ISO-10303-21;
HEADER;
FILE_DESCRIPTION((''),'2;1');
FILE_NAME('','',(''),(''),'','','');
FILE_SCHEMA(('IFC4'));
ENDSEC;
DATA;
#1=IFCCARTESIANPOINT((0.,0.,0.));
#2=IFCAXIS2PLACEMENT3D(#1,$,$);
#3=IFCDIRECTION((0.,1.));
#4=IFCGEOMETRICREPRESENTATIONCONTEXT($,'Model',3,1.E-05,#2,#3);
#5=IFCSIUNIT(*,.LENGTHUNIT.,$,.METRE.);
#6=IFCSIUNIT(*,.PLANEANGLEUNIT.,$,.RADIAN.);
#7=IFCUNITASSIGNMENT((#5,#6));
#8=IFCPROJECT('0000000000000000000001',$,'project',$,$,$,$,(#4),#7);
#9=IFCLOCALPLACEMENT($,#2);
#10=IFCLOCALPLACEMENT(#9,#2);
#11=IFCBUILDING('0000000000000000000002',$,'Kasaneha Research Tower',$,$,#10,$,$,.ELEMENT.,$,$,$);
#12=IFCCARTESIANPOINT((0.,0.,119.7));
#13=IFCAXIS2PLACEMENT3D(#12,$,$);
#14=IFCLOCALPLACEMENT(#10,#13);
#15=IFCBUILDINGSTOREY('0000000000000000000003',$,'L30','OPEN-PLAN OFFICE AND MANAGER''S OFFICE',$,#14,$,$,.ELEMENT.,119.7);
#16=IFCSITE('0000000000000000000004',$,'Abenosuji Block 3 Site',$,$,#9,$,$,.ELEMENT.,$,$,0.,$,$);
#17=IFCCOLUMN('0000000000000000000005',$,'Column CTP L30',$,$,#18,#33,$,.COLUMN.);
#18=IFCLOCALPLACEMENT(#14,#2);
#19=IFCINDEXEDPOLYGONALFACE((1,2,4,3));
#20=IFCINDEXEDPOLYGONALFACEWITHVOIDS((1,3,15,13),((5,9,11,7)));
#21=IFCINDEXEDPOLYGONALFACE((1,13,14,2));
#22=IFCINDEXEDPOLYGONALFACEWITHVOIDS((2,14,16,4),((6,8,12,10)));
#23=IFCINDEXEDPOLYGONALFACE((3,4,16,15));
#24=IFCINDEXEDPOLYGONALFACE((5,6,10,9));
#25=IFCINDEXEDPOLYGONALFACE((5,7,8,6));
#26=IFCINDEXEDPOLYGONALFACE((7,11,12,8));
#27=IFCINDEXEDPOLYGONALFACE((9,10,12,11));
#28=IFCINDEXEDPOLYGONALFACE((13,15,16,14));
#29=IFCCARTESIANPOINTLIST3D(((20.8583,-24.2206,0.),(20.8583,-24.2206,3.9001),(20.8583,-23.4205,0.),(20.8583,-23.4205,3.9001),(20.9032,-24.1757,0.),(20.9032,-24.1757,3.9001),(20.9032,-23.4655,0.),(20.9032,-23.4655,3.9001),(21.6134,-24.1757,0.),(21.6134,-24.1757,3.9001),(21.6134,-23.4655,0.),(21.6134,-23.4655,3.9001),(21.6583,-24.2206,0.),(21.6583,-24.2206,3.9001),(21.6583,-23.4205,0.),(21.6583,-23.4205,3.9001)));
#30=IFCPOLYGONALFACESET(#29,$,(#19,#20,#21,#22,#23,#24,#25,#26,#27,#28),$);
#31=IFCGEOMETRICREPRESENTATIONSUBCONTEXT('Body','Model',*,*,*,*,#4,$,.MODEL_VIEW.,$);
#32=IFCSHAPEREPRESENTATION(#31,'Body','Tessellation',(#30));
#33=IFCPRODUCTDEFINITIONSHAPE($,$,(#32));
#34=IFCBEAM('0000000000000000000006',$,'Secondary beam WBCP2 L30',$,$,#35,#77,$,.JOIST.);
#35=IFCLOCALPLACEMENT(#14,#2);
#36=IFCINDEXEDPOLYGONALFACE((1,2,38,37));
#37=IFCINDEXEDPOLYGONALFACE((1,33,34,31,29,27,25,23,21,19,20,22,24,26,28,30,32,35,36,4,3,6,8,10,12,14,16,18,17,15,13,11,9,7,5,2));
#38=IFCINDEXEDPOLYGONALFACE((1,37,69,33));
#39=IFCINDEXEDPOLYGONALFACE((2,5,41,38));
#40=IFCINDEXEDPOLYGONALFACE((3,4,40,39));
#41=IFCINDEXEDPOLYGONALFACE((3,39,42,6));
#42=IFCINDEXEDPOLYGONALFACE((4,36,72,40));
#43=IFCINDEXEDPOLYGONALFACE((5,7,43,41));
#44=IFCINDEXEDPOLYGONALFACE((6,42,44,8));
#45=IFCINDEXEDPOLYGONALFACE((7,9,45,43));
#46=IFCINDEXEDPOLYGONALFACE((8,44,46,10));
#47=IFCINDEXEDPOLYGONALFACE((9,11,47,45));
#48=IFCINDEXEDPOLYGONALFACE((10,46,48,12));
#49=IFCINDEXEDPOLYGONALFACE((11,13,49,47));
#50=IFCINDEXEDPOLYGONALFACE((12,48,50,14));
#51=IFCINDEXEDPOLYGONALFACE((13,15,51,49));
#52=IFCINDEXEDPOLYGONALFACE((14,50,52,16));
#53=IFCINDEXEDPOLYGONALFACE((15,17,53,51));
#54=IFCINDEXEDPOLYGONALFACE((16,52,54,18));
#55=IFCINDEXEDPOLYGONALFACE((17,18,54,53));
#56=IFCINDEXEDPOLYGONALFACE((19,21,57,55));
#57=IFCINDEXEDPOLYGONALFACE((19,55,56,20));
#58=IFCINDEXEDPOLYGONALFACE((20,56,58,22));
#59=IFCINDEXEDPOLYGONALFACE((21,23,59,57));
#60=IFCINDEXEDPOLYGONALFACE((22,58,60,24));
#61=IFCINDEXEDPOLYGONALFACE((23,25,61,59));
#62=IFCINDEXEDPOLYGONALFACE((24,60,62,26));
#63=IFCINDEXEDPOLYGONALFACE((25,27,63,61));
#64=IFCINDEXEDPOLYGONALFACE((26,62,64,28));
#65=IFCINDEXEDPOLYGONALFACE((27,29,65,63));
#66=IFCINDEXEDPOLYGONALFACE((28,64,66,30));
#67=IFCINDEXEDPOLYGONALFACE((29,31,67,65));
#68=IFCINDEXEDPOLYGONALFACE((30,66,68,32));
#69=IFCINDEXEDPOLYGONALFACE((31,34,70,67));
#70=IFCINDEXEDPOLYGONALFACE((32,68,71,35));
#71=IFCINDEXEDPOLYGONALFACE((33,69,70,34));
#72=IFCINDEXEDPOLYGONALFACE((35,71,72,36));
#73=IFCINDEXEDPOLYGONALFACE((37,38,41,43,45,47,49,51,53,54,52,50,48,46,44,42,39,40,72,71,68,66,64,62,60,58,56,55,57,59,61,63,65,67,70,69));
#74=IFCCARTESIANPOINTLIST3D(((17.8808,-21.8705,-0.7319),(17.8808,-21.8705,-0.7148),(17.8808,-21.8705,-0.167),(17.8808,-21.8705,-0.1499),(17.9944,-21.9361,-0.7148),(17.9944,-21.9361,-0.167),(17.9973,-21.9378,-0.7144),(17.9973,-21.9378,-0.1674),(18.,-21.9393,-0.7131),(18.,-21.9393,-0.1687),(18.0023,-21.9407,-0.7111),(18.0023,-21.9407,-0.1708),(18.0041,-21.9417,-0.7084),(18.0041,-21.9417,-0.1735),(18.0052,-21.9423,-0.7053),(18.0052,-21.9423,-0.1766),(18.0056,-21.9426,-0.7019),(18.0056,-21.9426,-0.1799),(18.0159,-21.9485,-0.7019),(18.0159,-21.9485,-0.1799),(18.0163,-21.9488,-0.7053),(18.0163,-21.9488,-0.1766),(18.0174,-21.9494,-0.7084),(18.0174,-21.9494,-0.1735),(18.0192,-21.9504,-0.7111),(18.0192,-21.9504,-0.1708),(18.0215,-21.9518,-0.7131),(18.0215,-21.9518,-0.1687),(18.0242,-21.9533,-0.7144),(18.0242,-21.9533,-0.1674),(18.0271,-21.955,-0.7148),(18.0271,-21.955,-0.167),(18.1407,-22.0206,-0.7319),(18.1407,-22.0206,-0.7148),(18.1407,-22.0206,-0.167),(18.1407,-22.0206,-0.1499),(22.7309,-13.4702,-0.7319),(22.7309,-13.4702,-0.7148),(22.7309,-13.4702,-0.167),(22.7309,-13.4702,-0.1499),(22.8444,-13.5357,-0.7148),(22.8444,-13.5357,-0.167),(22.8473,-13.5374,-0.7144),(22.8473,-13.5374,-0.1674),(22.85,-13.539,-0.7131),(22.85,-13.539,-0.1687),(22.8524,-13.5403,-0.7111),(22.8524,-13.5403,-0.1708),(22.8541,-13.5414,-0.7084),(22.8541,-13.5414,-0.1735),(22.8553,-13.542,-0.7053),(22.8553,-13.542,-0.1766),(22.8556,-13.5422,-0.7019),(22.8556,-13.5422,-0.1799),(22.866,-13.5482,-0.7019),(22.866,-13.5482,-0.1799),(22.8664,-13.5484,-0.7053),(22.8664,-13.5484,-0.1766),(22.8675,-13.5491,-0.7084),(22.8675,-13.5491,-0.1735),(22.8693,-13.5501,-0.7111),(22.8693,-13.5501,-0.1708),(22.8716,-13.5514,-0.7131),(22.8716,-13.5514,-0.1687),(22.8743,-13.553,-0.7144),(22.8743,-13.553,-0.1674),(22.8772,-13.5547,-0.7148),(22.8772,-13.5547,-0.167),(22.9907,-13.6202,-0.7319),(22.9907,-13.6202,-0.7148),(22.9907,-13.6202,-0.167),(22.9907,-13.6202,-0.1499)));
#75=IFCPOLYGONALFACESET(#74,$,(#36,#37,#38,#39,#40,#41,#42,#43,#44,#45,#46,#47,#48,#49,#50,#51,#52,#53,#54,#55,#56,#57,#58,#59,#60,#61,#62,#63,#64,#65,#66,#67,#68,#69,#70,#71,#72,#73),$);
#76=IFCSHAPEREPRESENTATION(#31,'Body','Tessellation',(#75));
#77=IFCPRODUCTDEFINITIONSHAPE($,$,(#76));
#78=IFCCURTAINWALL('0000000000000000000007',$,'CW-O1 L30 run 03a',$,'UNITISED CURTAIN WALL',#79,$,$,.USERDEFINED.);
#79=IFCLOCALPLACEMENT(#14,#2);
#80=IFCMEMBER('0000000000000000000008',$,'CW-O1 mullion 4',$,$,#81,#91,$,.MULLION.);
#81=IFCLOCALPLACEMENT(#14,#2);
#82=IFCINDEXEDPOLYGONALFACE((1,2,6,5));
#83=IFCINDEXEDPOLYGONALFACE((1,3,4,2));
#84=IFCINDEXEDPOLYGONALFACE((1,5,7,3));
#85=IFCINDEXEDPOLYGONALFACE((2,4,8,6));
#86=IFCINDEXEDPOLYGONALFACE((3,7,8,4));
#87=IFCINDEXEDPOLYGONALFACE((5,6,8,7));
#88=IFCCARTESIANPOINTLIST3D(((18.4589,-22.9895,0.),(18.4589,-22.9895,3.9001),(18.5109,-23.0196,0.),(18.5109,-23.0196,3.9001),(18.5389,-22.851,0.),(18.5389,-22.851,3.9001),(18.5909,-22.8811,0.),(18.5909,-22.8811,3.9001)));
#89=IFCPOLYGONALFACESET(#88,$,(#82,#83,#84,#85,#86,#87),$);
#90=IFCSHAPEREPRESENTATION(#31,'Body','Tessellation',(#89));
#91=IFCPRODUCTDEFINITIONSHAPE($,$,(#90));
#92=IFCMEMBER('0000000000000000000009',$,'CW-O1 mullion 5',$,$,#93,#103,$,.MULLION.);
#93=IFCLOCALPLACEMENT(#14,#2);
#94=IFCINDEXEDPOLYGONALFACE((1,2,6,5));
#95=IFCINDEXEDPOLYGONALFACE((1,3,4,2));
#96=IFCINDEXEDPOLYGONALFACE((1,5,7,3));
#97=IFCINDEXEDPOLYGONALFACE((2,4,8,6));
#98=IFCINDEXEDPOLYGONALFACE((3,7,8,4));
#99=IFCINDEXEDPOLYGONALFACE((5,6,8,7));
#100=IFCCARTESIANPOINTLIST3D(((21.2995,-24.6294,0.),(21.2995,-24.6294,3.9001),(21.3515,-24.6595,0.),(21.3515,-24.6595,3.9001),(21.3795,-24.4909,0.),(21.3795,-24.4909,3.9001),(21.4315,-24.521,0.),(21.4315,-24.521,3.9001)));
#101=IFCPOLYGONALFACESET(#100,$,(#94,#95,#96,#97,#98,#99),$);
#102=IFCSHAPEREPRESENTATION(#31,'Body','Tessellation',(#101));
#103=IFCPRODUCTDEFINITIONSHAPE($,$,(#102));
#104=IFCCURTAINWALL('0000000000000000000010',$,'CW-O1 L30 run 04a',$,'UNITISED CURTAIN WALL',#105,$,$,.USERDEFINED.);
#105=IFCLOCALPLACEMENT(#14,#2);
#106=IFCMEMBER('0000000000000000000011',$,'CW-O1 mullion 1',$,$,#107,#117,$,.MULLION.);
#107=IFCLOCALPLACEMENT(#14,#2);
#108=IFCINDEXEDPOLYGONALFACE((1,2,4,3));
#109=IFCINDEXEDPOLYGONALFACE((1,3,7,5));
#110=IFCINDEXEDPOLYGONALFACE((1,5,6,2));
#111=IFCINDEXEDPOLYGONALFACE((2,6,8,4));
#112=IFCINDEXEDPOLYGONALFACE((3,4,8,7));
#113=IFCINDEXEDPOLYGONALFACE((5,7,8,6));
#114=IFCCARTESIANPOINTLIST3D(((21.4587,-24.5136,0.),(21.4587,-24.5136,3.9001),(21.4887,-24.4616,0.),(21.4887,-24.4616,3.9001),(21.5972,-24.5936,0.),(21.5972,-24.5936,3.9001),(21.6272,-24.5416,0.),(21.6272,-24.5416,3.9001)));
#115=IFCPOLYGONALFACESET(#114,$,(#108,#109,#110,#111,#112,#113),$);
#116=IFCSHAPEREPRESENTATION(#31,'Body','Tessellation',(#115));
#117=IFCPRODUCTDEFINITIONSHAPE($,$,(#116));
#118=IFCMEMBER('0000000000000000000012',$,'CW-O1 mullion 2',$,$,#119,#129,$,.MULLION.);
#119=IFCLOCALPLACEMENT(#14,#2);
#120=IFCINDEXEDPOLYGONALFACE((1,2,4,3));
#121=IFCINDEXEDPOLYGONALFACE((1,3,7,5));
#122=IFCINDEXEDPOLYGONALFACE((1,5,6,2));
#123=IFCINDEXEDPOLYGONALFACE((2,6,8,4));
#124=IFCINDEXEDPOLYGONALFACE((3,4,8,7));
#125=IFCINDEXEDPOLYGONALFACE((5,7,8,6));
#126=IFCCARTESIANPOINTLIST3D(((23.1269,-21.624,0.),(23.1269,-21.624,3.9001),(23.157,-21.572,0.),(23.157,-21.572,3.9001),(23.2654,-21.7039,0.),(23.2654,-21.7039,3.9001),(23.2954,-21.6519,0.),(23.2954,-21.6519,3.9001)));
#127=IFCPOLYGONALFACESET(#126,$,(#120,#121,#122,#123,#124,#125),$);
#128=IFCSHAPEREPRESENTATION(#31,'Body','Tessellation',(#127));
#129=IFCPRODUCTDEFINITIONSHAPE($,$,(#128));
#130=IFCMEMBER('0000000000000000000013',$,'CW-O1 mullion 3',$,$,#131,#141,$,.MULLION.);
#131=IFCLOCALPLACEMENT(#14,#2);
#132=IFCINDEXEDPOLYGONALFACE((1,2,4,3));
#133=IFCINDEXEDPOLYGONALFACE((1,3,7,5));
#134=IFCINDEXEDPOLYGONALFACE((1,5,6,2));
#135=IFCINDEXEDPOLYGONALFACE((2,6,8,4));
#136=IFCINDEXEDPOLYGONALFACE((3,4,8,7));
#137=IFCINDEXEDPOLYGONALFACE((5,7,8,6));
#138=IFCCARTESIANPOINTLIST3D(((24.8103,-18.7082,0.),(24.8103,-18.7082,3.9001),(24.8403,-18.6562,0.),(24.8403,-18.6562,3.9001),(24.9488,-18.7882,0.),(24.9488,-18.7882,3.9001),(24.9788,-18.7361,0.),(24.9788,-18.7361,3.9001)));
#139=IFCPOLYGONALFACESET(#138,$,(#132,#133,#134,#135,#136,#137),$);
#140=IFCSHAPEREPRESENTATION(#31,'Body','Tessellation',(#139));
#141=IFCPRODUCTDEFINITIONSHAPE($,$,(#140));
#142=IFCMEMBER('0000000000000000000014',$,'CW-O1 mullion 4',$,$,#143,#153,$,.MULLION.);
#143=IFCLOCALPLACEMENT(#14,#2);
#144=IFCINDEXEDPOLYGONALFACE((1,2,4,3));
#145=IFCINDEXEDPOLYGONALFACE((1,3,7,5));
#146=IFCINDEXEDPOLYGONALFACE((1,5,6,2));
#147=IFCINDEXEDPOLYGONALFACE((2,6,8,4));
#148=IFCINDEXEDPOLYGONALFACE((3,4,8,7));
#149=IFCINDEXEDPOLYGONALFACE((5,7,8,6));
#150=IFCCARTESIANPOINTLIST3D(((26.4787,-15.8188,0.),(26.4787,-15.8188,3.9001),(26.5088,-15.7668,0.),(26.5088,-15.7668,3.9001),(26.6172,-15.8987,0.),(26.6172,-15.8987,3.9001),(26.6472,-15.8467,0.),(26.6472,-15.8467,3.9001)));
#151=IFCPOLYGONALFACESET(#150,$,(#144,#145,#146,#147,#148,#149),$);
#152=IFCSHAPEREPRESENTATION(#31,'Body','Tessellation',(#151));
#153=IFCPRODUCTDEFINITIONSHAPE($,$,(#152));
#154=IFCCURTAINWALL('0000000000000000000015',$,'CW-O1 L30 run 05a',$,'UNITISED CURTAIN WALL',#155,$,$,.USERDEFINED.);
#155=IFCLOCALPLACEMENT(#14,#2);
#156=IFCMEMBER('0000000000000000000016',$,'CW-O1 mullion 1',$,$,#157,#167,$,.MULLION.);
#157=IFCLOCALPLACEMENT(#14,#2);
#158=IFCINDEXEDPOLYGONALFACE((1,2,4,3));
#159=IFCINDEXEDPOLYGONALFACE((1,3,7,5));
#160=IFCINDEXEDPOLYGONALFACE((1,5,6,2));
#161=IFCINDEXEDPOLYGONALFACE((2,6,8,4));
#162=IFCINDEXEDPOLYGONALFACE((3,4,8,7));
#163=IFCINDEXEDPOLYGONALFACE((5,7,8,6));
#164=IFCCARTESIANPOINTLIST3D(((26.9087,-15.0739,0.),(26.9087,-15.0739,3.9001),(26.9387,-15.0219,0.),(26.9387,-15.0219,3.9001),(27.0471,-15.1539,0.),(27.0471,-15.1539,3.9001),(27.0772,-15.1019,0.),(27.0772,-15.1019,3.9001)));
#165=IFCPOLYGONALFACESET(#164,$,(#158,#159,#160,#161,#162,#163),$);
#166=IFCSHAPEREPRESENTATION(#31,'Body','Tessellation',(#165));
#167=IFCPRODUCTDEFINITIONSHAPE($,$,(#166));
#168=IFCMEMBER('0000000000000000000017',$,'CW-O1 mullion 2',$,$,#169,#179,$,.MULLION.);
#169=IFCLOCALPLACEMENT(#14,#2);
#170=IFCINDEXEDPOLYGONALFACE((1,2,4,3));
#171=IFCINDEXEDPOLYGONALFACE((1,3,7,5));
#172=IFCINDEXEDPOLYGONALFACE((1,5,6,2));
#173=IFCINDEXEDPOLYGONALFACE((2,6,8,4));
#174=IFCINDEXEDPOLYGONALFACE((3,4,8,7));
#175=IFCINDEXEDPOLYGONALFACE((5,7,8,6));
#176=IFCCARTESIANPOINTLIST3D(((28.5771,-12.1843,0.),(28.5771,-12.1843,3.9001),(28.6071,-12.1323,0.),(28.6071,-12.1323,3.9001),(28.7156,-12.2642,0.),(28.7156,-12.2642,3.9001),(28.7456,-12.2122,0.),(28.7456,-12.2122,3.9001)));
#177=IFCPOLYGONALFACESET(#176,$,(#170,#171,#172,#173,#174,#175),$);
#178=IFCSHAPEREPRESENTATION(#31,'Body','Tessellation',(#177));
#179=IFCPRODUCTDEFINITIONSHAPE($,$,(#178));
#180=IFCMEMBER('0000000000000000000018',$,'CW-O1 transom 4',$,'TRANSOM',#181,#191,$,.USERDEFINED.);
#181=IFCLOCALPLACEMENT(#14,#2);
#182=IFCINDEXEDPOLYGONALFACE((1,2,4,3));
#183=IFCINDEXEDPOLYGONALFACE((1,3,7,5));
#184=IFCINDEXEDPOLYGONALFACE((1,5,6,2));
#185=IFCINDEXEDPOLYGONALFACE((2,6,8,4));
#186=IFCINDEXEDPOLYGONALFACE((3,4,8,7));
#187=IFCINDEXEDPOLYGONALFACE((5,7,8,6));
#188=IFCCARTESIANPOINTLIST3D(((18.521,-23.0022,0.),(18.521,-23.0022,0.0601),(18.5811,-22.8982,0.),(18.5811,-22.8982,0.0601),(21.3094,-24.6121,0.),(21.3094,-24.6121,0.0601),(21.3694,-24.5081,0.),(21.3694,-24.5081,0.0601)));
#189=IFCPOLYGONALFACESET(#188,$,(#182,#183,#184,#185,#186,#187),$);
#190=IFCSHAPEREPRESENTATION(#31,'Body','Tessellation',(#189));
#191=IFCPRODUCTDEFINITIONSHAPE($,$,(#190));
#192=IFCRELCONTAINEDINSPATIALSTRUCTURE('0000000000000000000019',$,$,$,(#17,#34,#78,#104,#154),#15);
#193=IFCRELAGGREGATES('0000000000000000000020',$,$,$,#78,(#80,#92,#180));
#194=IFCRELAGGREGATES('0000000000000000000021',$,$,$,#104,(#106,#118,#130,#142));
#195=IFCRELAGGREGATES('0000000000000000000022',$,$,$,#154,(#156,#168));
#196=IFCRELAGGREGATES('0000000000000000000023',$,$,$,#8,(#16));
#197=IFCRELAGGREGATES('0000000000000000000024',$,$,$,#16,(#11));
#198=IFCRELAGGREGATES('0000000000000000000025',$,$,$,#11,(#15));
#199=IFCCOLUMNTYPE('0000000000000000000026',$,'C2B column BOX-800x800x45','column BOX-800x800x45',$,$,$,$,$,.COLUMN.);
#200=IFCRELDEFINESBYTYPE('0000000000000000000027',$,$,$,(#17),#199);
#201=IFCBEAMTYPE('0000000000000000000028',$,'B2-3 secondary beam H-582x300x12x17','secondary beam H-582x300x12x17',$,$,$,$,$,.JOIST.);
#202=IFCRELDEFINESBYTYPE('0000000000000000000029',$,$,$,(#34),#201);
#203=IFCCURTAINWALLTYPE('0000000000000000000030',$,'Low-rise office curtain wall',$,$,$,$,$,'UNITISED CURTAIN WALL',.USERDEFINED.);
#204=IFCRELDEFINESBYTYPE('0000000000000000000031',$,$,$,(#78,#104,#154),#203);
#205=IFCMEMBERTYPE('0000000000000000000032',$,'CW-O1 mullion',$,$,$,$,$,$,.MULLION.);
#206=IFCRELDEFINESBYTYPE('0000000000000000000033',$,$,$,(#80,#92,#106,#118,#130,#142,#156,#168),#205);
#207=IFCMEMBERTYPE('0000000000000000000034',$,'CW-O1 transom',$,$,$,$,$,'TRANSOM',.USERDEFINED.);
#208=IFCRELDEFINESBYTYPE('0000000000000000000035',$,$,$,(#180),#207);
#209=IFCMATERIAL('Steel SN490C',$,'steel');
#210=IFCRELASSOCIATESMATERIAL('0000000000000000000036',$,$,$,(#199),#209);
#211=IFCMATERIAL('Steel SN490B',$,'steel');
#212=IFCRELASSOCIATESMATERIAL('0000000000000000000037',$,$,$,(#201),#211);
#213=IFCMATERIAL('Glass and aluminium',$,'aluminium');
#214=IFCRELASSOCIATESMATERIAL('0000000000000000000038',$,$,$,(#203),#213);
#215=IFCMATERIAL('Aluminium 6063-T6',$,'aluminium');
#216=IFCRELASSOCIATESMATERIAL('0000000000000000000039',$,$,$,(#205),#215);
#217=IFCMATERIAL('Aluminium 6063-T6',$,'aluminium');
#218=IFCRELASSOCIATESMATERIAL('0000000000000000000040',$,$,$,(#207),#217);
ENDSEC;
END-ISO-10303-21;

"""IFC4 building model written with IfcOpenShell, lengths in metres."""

from ifc_helpers import new_model, si_unit, direction, frame, origin, origin_2d, place, context, subcontext, project, spatial, rectangle, hollow_rectangle, i_section, extrude, material, material_profile, profile_set, type_object, element, aggregate, save


model = new_model("IFC4")

# Units and contexts
model_context = context("Model", 3, precision=1e-05, world=origin(), true_north=direction((0.0, 1.0)))
body_context = subcontext(model_context, "Body", "Model", "MODEL_VIEW")
ifc_project = project(units=[si_unit("LENGTHUNIT", "METRE"), si_unit("PLANEANGLEUNIT", "RADIAN")], contexts=[model_context])

# Site, building, storey
site_placement = place(None, origin())
site = spatial("IfcSite", under=ifc_project, at=site_placement, Name="Abenosuji Block 3 Site", CompositionType="ELEMENT", RefElevation=0.0)
building_placement = place(site_placement, origin())
building = spatial("IfcBuilding", under=site, at=building_placement, Name="Kasaneha Research Tower", CompositionType="ELEMENT")
storey_placement = place(building_placement, frame((0.0, 0.0, 119.7)))
storey = spatial("IfcBuildingStorey", under=building, at=storey_placement, Name="L30", Description="OPEN-PLAN OFFICE AND MANAGER'S OFFICE", CompositionType="ELEMENT", Elevation=119.7)

# Column
ifc_material_1 = material(Name="Steel SN490C", Category="steel")
ifc_material_profile_1 = material_profile(ifc_material_1, hollow_rectangle(XDim=0.8, YDim=0.8, WallThickness=0.0449, at=origin_2d()), Name="BOX-800x800x45")
ifc_profile_set_1 = profile_set([ifc_material_profile_1], Name="Steel SN490C")
column_type = type_object("IfcColumnType", Name="C2B column BOX-800x800x45", Description="column BOX-800x800x45", PredefinedType="COLUMN", material=ifc_profile_set_1)
column_placement = place(storey_placement, frame((21.2583, -23.8206, 0.0), z_axis=(0.0, 0.0, 1.0), x_axis=(1.0, 0.0, 0.0)))
element("IfcColumn", 1, at=column_placement, inside=storey, type_object=column_type, Name="Column CTP L30", PredefinedType="COLUMN", context=body_context, shape_type="SweptSolid", body=[
    extrude(hollow_rectangle(XDim=0.8, YDim=0.8, WallThickness=0.0449, at=origin_2d()), origin(), (0.0, 0.0, 1.0), 3.9001),
])

# Beam
ifc_material_2 = material(Name="Steel SN490B", Category="steel")
ifc_material_profile_2 = material_profile(ifc_material_2, i_section(OverallWidth=0.3, OverallDepth=0.582, WebThickness=0.012, FlangeThickness=0.0171, FilletRadius=0.0129, at=origin_2d()), Name="H-582x300x12x17")
ifc_profile_set_2 = profile_set([ifc_material_profile_2], Name="Steel SN490B")
beam_type_1 = type_object("IfcBeamType", Name="B2-3 secondary beam H-582x300x12x17", Description="secondary beam H-582x300x12x17", PredefinedType="JOIST", material=ifc_profile_set_2)
beam_1_placement = place(storey_placement, frame((18.0107, -21.9456, -0.4409), z_axis=(0.50001, 0.86602, 0.0), x_axis=(-0.86602, 0.50001, 0.0)))
element("IfcBeam", 2, at=beam_1_placement, inside=storey, type_object=beam_type_1, Name="Secondary beam WBCP2 L30", PredefinedType="JOIST", context=body_context, shape_type="SweptSolid", body=[
    extrude(i_section(OverallWidth=0.3, OverallDepth=0.582, WebThickness=0.012, FlangeThickness=0.0171, FilletRadius=0.0129, at=origin_2d()), origin(), (0.0, 0.0, 1.0), 9.7),
])

# Curtain walls, members
ifc_material_3 = material(Name="Glass and aluminium", Category="aluminium")
curtain_wall_type = type_object("IfcCurtainWallType", Name="Low-rise office curtain wall", ElementType="UNITISED CURTAIN WALL", PredefinedType="USERDEFINED", material=ifc_material_3)
curtain_wall_1_placement = place(storey_placement, origin())
curtain_wall_1 = element("IfcCurtainWall", 3, at=curtain_wall_1_placement, inside=storey, type_object=curtain_wall_type, Name="CW-O1 L30 run 03a", ObjectType="UNITISED CURTAIN WALL", PredefinedType="USERDEFINED")
ifc_material_4 = material(Name="Aluminium 6063-T6", Category="aluminium")
ifc_material_profile_3 = material_profile(ifc_material_4, rectangle(XDim=0.0601, YDim=0.1599, at=origin_2d()), Name="CW-O1 mullion 60x160")
ifc_profile_set_3 = profile_set([ifc_material_profile_3], Name="Aluminium 6063-T6")
member_type_1 = type_object("IfcMemberType", Name="CW-O1 mullion", PredefinedType="MULLION", material=ifc_profile_set_3)
member_1_placement = place(storey_placement, frame((18.5249, -22.9353, 0.0), z_axis=(0.0, 0.0, 1.0), x_axis=(0.866025, -0.5, 0.0)))
member_1 = element("IfcMember", 4, at=member_1_placement, type_object=member_type_1, Name="CW-O1 mullion 4", PredefinedType="MULLION", context=body_context, shape_type="SweptSolid", body=[
    extrude(rectangle(XDim=0.0601, YDim=0.1599, at=origin_2d()), origin(), (0.0, 0.0, 1.0), 3.9001),
])
member_2_placement = place(storey_placement, frame((21.3655, -24.5752, 0.0), z_axis=(0.0, 0.0, 1.0), x_axis=(0.866025, -0.5, 0.0)))
member_2 = element("IfcMember", 5, at=member_2_placement, type_object=member_type_1, Name="CW-O1 mullion 5", PredefinedType="MULLION", context=body_context, shape_type="SweptSolid", body=[
    extrude(rectangle(XDim=0.0601, YDim=0.1599, at=origin_2d()), origin(), (0.0, 0.0, 1.0), 3.9001),
])
curtain_wall_2_placement = place(storey_placement, origin())
curtain_wall_2 = element("IfcCurtainWall", 6, at=curtain_wall_2_placement, inside=storey, type_object=curtain_wall_type, Name="CW-O1 L30 run 04a", ObjectType="UNITISED CURTAIN WALL", PredefinedType="USERDEFINED")
member_3_placement = place(storey_placement, frame((21.543, -24.5276, 0.0), z_axis=(0.0, 0.0, 1.0), x_axis=(0.5, 0.866025, 0.0)))
member_3 = element("IfcMember", 7, at=member_3_placement, type_object=member_type_1, Name="CW-O1 mullion 1", PredefinedType="MULLION", context=body_context, shape_type="SweptSolid", body=[
    extrude(rectangle(XDim=0.0601, YDim=0.1599, at=origin_2d()), origin(), (0.0, 0.0, 1.0), 3.9001),
])
member_4_placement = place(storey_placement, frame((23.2112, -21.6379, 0.0), z_axis=(0.0, 0.0, 1.0), x_axis=(0.5, 0.866025, 0.0)))
member_4 = element("IfcMember", 8, at=member_4_placement, type_object=member_type_1, Name="CW-O1 mullion 2", PredefinedType="MULLION", context=body_context, shape_type="SweptSolid", body=[
    extrude(rectangle(XDim=0.0601, YDim=0.1599, at=origin_2d()), origin(), (0.0, 0.0, 1.0), 3.9001),
])
member_5_placement = place(storey_placement, frame((24.8945, -18.7222, 0.0), z_axis=(0.0, 0.0, 1.0), x_axis=(0.5, 0.866025, 0.0)))
member_5 = element("IfcMember", 9, at=member_5_placement, type_object=member_type_1, Name="CW-O1 mullion 3", PredefinedType="MULLION", context=body_context, shape_type="SweptSolid", body=[
    extrude(rectangle(XDim=0.0601, YDim=0.1599, at=origin_2d()), origin(), (0.0, 0.0, 1.0), 3.9001),
])
member_6_placement = place(storey_placement, frame((26.563, -15.8328, 0.0), z_axis=(0.0, 0.0, 1.0), x_axis=(0.5, 0.866025, 0.0)))
member_6 = element("IfcMember", 10, at=member_6_placement, type_object=member_type_1, Name="CW-O1 mullion 4", PredefinedType="MULLION", context=body_context, shape_type="SweptSolid", body=[
    extrude(rectangle(XDim=0.0601, YDim=0.1599, at=origin_2d()), origin(), (0.0, 0.0, 1.0), 3.9001),
])
curtain_wall_3_placement = place(storey_placement, origin())
curtain_wall_3 = element("IfcCurtainWall", 11, at=curtain_wall_3_placement, inside=storey, type_object=curtain_wall_type, Name="CW-O1 L30 run 05a", ObjectType="UNITISED CURTAIN WALL", PredefinedType="USERDEFINED")
member_7_placement = place(storey_placement, frame((26.9929, -15.0879, 0.0), z_axis=(0.0, 0.0, 1.0), x_axis=(0.5, 0.866025, 0.0)))
member_7 = element("IfcMember", 12, at=member_7_placement, type_object=member_type_1, Name="CW-O1 mullion 1", PredefinedType="MULLION", context=body_context, shape_type="SweptSolid", body=[
    extrude(rectangle(XDim=0.0601, YDim=0.1599, at=origin_2d()), origin(), (0.0, 0.0, 1.0), 3.9001),
])
member_8_placement = place(storey_placement, frame((28.6614, -12.1982, 0.0), z_axis=(0.0, 0.0, 1.0), x_axis=(0.5, 0.866025, 0.0)))
member_8 = element("IfcMember", 13, at=member_8_placement, type_object=member_type_1, Name="CW-O1 mullion 2", PredefinedType="MULLION", context=body_context, shape_type="SweptSolid", body=[
    extrude(rectangle(XDim=0.0601, YDim=0.1599, at=origin_2d()), origin(), (0.0, 0.0, 1.0), 3.9001),
])

# Member
ifc_material_5 = material(Name="Aluminium 6063-T6", Category="aluminium")
ifc_material_profile_4 = material_profile(ifc_material_5, rectangle(XDim=0.1201, YDim=0.0601, at=origin_2d()), Name="CW-O1 transom 120x60")
ifc_profile_set_4 = profile_set([ifc_material_profile_4], Name="Aluminium 6063-T6")
member_type_2 = type_object("IfcMemberType", Name="CW-O1 transom", ElementType="TRANSOM", PredefinedType="USERDEFINED", material=ifc_profile_set_4)
member_9_placement = place(storey_placement, frame((18.551, -22.9502, 0.03), z_axis=(0.866023, -0.500005, 0.0), x_axis=(0.500005, 0.866023, 0.0)))
member_9 = element("IfcMember", 14, at=member_9_placement, type_object=member_type_2, Name="CW-O1 transom 4", ObjectType="TRANSOM", PredefinedType="USERDEFINED", context=body_context, shape_type="SweptSolid", body=[
    extrude(rectangle(XDim=0.1201, YDim=0.0601, at=origin_2d()), origin(), (0.0, 0.0, 1.0), 3.2197),
])

aggregate(curtain_wall_1, [member_1, member_2, member_9])
aggregate(curtain_wall_2, [member_3, member_4, member_5, member_6])
aggregate(curtain_wall_3, [member_7, member_8])

save(model, "model.ifc")
